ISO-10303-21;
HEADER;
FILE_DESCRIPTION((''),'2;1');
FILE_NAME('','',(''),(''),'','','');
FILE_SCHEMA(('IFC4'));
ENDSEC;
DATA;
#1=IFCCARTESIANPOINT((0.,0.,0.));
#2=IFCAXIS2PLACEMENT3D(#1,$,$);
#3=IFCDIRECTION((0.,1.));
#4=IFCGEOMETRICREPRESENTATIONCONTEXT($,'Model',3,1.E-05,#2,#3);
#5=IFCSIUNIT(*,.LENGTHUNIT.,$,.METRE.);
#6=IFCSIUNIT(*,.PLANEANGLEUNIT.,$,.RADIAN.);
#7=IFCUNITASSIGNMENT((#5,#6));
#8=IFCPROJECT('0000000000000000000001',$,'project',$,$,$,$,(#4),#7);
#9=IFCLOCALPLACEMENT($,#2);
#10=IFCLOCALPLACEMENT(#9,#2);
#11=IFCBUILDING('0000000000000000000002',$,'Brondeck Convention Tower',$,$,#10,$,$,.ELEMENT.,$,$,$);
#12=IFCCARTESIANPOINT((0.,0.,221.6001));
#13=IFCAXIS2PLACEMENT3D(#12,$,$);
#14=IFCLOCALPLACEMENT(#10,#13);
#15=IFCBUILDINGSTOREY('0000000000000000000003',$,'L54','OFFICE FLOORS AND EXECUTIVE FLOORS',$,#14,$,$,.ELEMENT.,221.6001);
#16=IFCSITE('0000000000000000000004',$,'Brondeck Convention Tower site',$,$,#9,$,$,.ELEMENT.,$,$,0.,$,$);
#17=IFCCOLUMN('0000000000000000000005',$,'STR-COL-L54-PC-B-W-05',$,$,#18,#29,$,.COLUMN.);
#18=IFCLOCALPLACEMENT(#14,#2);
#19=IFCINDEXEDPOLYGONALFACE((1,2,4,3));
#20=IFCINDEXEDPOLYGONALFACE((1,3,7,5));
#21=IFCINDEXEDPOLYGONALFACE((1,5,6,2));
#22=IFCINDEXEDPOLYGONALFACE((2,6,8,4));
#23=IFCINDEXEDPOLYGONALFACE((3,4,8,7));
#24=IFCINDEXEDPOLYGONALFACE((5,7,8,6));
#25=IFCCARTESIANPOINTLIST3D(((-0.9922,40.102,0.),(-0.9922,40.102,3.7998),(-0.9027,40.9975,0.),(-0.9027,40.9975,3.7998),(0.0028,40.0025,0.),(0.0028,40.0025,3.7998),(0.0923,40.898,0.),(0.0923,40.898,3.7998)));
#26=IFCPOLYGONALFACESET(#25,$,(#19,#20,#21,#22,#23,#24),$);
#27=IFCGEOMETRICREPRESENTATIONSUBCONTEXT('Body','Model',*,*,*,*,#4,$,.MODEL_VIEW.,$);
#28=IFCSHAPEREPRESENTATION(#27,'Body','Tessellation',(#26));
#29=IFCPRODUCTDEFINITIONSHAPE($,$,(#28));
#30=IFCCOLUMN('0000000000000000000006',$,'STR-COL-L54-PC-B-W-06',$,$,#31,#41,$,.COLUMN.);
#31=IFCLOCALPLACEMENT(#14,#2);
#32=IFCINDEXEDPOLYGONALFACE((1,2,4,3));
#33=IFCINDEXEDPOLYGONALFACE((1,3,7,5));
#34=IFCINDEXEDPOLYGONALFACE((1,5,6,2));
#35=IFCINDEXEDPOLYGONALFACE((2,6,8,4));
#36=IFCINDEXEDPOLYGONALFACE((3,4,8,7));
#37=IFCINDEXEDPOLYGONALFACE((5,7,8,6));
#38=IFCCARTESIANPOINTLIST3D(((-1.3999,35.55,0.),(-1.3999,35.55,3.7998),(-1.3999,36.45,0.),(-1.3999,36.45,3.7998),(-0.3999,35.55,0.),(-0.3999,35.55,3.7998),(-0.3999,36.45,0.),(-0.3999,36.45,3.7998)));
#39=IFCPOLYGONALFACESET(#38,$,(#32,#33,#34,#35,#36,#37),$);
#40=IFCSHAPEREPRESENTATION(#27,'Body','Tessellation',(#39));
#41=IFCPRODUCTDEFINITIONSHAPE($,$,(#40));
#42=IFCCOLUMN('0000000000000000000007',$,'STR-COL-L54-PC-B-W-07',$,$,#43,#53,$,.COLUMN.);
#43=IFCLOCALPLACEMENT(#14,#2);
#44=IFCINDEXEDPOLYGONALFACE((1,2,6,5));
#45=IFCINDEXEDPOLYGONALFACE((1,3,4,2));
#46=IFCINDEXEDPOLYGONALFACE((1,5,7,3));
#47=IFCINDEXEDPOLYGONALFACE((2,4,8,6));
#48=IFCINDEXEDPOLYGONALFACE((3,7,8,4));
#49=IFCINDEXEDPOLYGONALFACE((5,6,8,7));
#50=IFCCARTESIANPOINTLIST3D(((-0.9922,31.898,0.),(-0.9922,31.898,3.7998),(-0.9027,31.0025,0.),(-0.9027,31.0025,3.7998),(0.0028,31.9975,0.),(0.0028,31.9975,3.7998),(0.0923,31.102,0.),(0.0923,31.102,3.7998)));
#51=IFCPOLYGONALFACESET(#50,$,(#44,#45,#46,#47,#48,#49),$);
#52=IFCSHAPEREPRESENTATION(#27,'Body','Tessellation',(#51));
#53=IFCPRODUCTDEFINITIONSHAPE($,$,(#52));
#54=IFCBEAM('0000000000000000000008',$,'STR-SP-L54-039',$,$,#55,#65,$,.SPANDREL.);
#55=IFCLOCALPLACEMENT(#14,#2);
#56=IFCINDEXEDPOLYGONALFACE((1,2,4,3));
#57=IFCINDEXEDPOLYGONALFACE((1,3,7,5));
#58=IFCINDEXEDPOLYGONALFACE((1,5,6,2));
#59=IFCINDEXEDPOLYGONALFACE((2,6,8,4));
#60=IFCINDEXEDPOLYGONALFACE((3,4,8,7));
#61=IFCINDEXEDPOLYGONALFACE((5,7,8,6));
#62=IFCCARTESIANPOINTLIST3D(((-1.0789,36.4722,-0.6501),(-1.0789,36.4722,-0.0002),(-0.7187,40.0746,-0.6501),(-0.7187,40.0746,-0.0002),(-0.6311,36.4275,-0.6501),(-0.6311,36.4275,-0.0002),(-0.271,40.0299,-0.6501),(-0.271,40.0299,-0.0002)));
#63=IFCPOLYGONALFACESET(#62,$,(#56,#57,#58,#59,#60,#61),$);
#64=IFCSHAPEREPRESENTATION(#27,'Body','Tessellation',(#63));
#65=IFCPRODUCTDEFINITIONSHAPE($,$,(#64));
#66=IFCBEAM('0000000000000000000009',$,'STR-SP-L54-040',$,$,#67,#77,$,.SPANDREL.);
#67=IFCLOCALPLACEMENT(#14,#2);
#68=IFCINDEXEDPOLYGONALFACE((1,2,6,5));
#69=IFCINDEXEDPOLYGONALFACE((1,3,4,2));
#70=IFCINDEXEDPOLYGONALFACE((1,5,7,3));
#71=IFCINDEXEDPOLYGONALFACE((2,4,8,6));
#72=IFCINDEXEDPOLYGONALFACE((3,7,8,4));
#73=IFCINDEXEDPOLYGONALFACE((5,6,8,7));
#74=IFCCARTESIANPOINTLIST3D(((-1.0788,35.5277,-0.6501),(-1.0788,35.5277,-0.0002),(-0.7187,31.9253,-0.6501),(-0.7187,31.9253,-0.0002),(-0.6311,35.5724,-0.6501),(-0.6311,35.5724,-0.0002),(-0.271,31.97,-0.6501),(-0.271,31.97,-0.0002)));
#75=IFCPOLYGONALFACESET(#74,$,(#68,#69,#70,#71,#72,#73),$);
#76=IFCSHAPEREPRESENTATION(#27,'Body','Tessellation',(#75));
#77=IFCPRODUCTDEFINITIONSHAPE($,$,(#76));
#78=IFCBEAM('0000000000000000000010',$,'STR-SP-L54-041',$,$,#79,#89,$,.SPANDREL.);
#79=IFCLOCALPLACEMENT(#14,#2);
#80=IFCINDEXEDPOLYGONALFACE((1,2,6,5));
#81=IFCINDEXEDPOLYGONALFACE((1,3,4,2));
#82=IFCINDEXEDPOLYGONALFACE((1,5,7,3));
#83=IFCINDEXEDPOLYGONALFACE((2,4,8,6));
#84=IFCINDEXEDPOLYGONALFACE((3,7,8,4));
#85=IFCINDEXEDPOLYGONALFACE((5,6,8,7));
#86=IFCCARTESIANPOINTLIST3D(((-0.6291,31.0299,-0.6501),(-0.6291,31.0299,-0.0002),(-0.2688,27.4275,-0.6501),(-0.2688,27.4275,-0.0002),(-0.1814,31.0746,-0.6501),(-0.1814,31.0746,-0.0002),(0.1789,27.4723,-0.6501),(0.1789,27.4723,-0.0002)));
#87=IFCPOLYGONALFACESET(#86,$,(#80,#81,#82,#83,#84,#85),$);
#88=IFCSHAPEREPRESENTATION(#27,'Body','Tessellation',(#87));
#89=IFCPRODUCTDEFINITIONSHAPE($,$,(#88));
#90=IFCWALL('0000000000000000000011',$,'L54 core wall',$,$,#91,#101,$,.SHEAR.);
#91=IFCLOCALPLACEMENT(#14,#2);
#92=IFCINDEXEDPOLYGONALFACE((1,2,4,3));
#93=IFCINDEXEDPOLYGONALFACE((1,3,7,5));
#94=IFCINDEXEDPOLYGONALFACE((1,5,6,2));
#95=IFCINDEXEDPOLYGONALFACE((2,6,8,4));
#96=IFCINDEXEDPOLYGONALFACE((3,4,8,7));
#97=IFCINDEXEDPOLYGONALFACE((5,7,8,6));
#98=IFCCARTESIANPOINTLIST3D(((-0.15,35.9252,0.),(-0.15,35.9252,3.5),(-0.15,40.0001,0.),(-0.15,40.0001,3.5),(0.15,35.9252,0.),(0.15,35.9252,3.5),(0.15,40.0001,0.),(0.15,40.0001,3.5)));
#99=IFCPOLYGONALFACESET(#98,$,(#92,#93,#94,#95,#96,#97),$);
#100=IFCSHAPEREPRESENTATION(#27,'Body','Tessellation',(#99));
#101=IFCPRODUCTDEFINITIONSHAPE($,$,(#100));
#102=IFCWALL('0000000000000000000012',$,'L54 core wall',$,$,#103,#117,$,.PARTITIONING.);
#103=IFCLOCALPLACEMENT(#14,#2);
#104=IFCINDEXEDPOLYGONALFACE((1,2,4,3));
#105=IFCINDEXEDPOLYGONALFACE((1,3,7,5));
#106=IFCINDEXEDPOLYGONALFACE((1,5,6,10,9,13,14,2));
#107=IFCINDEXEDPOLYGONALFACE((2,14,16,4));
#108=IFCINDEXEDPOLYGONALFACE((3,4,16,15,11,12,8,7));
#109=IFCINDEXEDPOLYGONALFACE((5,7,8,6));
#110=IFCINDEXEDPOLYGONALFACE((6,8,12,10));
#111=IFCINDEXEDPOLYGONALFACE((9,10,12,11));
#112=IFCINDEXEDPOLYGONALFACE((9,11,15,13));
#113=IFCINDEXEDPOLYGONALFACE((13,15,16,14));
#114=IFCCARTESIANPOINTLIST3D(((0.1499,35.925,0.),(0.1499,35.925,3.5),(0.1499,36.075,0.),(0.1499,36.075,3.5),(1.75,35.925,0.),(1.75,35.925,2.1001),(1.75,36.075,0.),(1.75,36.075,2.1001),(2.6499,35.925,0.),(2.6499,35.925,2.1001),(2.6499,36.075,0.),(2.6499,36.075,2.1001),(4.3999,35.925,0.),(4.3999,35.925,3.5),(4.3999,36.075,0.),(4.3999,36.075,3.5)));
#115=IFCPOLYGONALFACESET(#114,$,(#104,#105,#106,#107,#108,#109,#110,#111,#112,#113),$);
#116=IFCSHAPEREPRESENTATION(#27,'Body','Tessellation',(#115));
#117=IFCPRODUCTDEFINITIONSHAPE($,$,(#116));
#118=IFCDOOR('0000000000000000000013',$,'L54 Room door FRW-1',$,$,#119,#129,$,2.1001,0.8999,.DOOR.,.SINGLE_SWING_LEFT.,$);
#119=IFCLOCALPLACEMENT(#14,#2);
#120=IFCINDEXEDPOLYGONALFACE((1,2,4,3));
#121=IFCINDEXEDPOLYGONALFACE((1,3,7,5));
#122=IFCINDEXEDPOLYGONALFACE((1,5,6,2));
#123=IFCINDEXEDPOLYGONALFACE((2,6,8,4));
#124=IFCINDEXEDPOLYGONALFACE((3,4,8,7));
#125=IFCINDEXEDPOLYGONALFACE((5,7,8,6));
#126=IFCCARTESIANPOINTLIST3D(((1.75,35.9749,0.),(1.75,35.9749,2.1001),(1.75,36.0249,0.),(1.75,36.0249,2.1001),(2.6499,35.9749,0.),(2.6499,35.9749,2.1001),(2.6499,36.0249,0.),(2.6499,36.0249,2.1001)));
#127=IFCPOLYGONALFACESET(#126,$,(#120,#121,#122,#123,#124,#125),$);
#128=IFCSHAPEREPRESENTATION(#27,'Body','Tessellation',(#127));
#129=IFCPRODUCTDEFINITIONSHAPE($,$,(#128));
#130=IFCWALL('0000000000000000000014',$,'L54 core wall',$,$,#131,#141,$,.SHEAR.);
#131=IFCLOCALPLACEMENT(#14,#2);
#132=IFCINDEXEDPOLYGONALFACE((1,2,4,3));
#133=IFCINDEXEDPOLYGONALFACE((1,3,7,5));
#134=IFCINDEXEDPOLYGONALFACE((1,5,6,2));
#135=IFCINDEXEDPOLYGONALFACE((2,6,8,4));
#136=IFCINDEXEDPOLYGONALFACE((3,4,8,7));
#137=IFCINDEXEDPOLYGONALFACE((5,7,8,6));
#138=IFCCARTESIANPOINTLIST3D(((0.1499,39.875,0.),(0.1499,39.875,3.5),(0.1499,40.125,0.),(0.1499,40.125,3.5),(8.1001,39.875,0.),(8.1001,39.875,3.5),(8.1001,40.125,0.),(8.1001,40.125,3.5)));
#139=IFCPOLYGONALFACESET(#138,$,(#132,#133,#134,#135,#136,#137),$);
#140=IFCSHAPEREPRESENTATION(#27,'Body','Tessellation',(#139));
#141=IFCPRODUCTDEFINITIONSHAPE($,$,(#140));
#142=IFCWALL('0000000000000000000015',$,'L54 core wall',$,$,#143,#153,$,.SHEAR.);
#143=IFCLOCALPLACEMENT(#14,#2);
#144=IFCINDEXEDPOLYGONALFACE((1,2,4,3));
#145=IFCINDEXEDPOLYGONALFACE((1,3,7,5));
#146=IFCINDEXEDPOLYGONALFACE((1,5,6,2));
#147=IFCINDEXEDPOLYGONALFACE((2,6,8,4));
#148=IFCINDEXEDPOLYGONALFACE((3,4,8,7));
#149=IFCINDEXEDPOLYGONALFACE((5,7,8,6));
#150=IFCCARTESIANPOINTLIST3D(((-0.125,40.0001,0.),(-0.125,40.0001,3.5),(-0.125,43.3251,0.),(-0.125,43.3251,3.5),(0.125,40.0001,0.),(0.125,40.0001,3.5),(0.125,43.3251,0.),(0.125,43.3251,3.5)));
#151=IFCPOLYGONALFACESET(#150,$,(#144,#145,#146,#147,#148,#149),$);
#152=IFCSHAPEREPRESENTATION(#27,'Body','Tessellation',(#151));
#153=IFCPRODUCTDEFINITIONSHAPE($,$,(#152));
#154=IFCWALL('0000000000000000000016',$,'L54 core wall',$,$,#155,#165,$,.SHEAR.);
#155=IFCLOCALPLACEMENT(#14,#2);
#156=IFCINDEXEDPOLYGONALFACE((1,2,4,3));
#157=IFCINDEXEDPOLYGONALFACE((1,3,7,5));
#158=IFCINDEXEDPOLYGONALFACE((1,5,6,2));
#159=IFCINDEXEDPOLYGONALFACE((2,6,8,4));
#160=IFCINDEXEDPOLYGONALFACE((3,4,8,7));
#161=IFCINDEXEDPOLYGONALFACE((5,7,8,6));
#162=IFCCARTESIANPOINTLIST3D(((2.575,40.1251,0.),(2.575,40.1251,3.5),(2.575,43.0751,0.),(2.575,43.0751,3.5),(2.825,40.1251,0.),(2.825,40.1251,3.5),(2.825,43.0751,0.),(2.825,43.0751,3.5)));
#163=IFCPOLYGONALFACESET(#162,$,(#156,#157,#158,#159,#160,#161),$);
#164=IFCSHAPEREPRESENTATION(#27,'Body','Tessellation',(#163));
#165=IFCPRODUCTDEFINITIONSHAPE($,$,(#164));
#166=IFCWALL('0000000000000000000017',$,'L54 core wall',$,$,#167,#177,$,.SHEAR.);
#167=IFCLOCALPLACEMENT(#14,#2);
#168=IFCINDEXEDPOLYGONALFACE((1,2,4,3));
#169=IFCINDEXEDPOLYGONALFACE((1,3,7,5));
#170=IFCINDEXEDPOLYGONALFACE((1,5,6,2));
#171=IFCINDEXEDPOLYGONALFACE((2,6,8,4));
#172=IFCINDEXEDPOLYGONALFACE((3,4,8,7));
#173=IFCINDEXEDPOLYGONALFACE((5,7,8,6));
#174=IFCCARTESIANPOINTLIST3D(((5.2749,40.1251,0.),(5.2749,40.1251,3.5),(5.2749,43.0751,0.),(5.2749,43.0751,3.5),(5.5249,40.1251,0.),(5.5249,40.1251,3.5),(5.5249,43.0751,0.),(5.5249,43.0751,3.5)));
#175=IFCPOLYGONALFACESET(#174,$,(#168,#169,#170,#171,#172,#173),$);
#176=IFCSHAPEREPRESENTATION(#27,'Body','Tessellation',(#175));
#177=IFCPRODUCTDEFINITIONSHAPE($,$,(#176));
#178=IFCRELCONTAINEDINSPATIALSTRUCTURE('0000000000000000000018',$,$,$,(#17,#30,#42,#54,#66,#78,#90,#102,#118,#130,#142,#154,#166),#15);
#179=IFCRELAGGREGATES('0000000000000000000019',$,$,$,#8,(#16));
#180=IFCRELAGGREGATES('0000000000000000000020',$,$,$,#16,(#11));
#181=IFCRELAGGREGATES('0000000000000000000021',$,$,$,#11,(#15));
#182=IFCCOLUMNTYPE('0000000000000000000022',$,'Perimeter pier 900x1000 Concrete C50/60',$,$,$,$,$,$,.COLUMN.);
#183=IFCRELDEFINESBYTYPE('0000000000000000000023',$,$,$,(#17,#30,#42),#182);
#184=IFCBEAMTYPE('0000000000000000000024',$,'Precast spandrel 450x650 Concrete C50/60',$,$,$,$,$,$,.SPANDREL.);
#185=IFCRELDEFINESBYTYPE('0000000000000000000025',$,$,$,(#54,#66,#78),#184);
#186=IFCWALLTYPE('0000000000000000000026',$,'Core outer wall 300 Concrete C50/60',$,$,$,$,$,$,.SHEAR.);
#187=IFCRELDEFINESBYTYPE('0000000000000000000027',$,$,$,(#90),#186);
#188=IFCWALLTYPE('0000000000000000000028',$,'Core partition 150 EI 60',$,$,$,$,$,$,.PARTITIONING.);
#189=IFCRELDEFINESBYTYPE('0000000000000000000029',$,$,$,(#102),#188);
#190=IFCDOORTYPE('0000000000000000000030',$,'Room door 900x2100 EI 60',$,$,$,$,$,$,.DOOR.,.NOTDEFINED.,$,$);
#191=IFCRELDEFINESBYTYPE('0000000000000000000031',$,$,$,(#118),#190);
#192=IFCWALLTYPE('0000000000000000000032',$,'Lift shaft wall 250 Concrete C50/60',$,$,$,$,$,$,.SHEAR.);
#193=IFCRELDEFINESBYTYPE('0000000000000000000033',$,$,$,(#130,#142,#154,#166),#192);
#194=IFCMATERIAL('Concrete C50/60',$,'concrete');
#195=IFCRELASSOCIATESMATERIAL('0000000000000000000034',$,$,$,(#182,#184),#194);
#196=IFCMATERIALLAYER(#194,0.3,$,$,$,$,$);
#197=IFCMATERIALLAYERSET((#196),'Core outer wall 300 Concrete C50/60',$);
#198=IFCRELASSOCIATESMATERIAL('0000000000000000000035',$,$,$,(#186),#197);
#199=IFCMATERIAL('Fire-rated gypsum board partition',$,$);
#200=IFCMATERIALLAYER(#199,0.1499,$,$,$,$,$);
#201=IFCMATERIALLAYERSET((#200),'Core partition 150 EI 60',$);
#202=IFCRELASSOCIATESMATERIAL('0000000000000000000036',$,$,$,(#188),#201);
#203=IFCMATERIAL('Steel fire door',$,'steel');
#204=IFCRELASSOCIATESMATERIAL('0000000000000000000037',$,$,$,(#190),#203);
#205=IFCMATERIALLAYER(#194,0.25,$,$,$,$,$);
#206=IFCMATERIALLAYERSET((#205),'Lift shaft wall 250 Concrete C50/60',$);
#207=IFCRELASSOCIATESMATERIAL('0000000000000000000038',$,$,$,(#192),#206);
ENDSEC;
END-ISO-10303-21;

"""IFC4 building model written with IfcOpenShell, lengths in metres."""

from ifc_helpers import new_model, si_unit, direction, frame, frame_2d, origin, origin_2d, place, context, subcontext, project, spatial, rectangle, extrude, material, layer, layer_set, material_profile, profile_set, type_object, element, fill, save


model = new_model("IFC4")

# Units and contexts
model_context = context("Model", 3, precision=1e-05, world=origin(), true_north=direction((0.0, 1.0)))
body_context = subcontext(model_context, "Body", "Model", "MODEL_VIEW")
ifc_project = project(units=[si_unit("LENGTHUNIT", "METRE"), si_unit("PLANEANGLEUNIT", "RADIAN")], contexts=[model_context])

# Site, building, storey
site_placement = place(None, origin())
site = spatial("IfcSite", under=ifc_project, at=site_placement, Name="Brondeck Convention Tower site", CompositionType="ELEMENT", RefElevation=0.0)
building_placement = place(site_placement, origin())
building = spatial("IfcBuilding", under=site, at=building_placement, Name="Brondeck Convention Tower", CompositionType="ELEMENT")
storey_placement = place(building_placement, frame((0.0, 0.0, 221.6001)))
storey = spatial("IfcBuildingStorey", under=building, at=storey_placement, Name="L54", Description="OFFICE FLOORS AND EXECUTIVE FLOORS", CompositionType="ELEMENT", Elevation=221.6001)

# Columns
ifc_material_1 = material(Name="Concrete C50/60", Category="concrete")
ifc_material_profile_1 = material_profile(ifc_material_1, rectangle(XDim=0.8999, YDim=1.0, at=origin_2d()), Name="Perimeter pier 900x1000 Concrete C50/60")
ifc_profile_set_1 = profile_set([ifc_material_profile_1], Name="Concrete C50/60")
column_type = type_object("IfcColumnType", Name="Perimeter pier 900x1000 Concrete C50/60", PredefinedType="COLUMN", material=ifc_profile_set_1)
for number, where, z_axis, x_axis, name in (
    (1, (-0.45, 40.5, 0.0), (0.0, 0.0, 1.0), (-0.099504, -0.995037, 0.0), "STR-COL-L54-PC-B-W-05"),
    (2, (-0.8999, 36.0, 0.0), (0.0, 0.0, 1.0), (0.0, -1.0, 0.0), "STR-COL-L54-PC-B-W-06"),
    (3, (-0.45, 31.5, 0.0), (0.0, 0.0, 1.0), (0.099504, -0.995037, 0.0), "STR-COL-L54-PC-B-W-07"),
):
    element("IfcColumn", number, at=place(storey_placement, frame(where, z_axis=z_axis, x_axis=x_axis)), inside=storey, type_object=column_type, Name=name, PredefinedType="COLUMN", context=body_context, shape_type="SweptSolid", body=[
        extrude(rectangle(XDim=0.8999, YDim=1.0, at=origin_2d()), origin(), (0.0, 0.0, 1.0), 3.7998),
    ])

# Beams
ifc_material_profile_2 = material_profile(ifc_material_1, rectangle(XDim=0.45, YDim=0.6499, at=origin_2d()), Name="Precast spandrel 450x650 Concrete C50/60")
ifc_profile_set_2 = profile_set([ifc_material_profile_2], Name="Concrete C50/60")
beam_type = type_object("IfcBeamType", Name="Precast spandrel 450x650 Concrete C50/60", PredefinedType="SPANDREL", material=ifc_profile_set_2)
for number, where, z_axis, x_axis, name in (
    (4, (-0.4949, 40.0522, -0.3252), (-0.09947, -0.995041, 0.0), (0.995041, -0.09947, 0.0), "STR-SP-L54-039"),
    (5, (-0.855, 35.55, -0.3252), (0.09947, -0.995041, 0.0), (0.995041, 0.09947, 0.0), "STR-SP-L54-040"),
    (6, (-0.4053, 31.0522, -0.3252), (0.099537, -0.995034, 0.0), (0.995034, 0.099537, 0.0), "STR-SP-L54-041"),
):
    element("IfcBeam", number, at=place(storey_placement, frame(where, z_axis=z_axis, x_axis=x_axis)), inside=storey, type_object=beam_type, Name=name, PredefinedType="SPANDREL", context=body_context, shape_type="SweptSolid", body=[
        extrude(rectangle(XDim=0.45, YDim=0.6499, at=origin_2d()), origin(), (0.0, 0.0, 1.0), 3.6204),
    ])

# Wall
ifc_layer_1 = layer(ifc_material_1, 0.3)
ifc_layer_set_1 = layer_set([ifc_layer_1], Name="Core outer wall 300 Concrete C50/60")
wall_type_1 = type_object("IfcWallType", Name="Core outer wall 300 Concrete C50/60", PredefinedType="SHEAR", material=ifc_layer_set_1)
wall_1_placement = place(storey_placement, frame((0.0, 35.925, 0.0), z_axis=(0.0, 0.0, 1.0), x_axis=(0.0, 1.0, 0.0)))
element("IfcWall", 7, at=wall_1_placement, inside=storey, type_object=wall_type_1, Name="L54 core wall", PredefinedType="SHEAR", context=body_context, shape_type="SweptSolid", body=[
    extrude(rectangle(XDim=4.075, YDim=0.3, at=frame_2d((2.0376, 0.0))), origin(), (0.0, 0.0, 1.0), 3.5),
])

# Wall, opening, door
ifc_material_2 = material(Name="Fire-rated gypsum board partition")
ifc_layer_2 = layer(ifc_material_2, 0.1499)
ifc_layer_set_2 = layer_set([ifc_layer_2], Name="Core partition 150 EI 60")
wall_type_2 = type_object("IfcWallType", Name="Core partition 150 EI 60", PredefinedType="PARTITIONING", material=ifc_layer_set_2)
wall_2_placement = place(storey_placement, frame((0.1499, 36.0, 0.0), z_axis=(0.0, 0.0, 1.0), x_axis=(1.0, 0.0, 0.0)))
wall_2 = element("IfcWall", 8, at=wall_2_placement, inside=storey, type_object=wall_type_2, Name="L54 core wall", PredefinedType="PARTITIONING", context=body_context, shape_type="SweptSolid", body=[
    extrude(rectangle(XDim=4.25, YDim=0.1499, at=frame_2d((2.125, 0.0))), origin(), (0.0, 0.0, 1.0), 3.5),
])
opening_1_placement = place(wall_2_placement, frame((1.6001, 0.0, 0.0)))
opening_1 = element("IfcOpeningElement", 9, at=opening_1_placement, cuts=wall_2, PredefinedType="OPENING", context=body_context, shape_type="SweptSolid", body=[
    extrude(rectangle(XDim=0.8999, YDim=2.1001, at=frame_2d((0.45, 1.05))), frame((0.0, 0.085, 0.0), z_axis=(0.0, -1.0, 0.0), x_axis=(1.0, 0.0, 0.0)), (0.0, 0.0, 1.0), 0.1699),
])
ifc_material_3 = material(Name="Steel fire door", Category="steel")
door_type_1 = type_object("IfcDoorType", Name="Room door 900x2100 EI 60", OperationType="NOTDEFINED", PredefinedType="DOOR", material=ifc_material_3)
door_1_placement = place(opening_1_placement, origin())
door_1 = element("IfcDoor", 10, at=door_1_placement, inside=storey, type_object=door_type_1, Name="L54 Room door FRW-1", OperationType="SINGLE_SWING_LEFT", OverallHeight=2.1001, OverallWidth=0.8999, PredefinedType="DOOR", context=body_context, shape_type="SweptSolid", body=[
    extrude(rectangle(XDim=0.8999, YDim=2.1001, at=frame_2d((0.45, 1.05))), frame((0.0, 0.0249, 0.0), z_axis=(0.0, -1.0, 0.0), x_axis=(1.0, 0.0, 0.0)), (0.0, 0.0, 1.0), 0.05),
])
fill(opening_1, door_1)

# Walls
ifc_layer_3 = layer(ifc_material_1, 0.25)
ifc_layer_set_3 = layer_set([ifc_layer_3], Name="Lift shaft wall 250 Concrete C50/60")
wall_type_3 = type_object("IfcWallType", Name="Lift shaft wall 250 Concrete C50/60", PredefinedType="SHEAR", material=ifc_layer_set_3)
wall_3_placement = place(storey_placement, frame((0.1499, 40.0, 0.0), z_axis=(0.0, 0.0, 1.0), x_axis=(1.0, 0.0, 0.0)))
element("IfcWall", 11, at=wall_3_placement, inside=storey, type_object=wall_type_3, Name="L54 core wall", PredefinedType="SHEAR", context=body_context, shape_type="SweptSolid", body=[
    extrude(rectangle(XDim=7.9502, YDim=0.25, at=frame_2d((3.9751, 0.0))), origin(), (0.0, 0.0, 1.0), 3.5),
])
wall_4_placement = place(storey_placement, frame((0.0, 40.0, 0.0), z_axis=(0.0, 0.0, 1.0), x_axis=(0.0, 1.0, 0.0)))
element("IfcWall", 12, at=wall_4_placement, inside=storey, type_object=wall_type_3, Name="L54 core wall", PredefinedType="SHEAR", context=body_context, shape_type="SweptSolid", body=[
    extrude(rectangle(XDim=3.325, YDim=0.25, at=frame_2d((1.6626, 0.0))), origin(), (0.0, 0.0, 1.0), 3.5),
])
for number, where, z_axis, x_axis, name in (
    (13, (2.7, 40.125, 0.0), (0.0, 0.0, 1.0), (0.0, 1.0, 0.0), "L54 core wall"),
    (14, (5.3999, 40.125, 0.0), (0.0, 0.0, 1.0), (0.0, 1.0, 0.0), "L54 core wall"),
):
    element("IfcWall", number, at=place(storey_placement, frame(where, z_axis=z_axis, x_axis=x_axis)), inside=storey, type_object=wall_type_3, Name=name, PredefinedType="SHEAR", context=body_context, shape_type="SweptSolid", body=[
        extrude(rectangle(XDim=2.95, YDim=0.25, at=frame_2d((1.4751, 0.0))), origin(), (0.0, 0.0, 1.0), 3.5),
    ])

save(model, "model.ifc")
